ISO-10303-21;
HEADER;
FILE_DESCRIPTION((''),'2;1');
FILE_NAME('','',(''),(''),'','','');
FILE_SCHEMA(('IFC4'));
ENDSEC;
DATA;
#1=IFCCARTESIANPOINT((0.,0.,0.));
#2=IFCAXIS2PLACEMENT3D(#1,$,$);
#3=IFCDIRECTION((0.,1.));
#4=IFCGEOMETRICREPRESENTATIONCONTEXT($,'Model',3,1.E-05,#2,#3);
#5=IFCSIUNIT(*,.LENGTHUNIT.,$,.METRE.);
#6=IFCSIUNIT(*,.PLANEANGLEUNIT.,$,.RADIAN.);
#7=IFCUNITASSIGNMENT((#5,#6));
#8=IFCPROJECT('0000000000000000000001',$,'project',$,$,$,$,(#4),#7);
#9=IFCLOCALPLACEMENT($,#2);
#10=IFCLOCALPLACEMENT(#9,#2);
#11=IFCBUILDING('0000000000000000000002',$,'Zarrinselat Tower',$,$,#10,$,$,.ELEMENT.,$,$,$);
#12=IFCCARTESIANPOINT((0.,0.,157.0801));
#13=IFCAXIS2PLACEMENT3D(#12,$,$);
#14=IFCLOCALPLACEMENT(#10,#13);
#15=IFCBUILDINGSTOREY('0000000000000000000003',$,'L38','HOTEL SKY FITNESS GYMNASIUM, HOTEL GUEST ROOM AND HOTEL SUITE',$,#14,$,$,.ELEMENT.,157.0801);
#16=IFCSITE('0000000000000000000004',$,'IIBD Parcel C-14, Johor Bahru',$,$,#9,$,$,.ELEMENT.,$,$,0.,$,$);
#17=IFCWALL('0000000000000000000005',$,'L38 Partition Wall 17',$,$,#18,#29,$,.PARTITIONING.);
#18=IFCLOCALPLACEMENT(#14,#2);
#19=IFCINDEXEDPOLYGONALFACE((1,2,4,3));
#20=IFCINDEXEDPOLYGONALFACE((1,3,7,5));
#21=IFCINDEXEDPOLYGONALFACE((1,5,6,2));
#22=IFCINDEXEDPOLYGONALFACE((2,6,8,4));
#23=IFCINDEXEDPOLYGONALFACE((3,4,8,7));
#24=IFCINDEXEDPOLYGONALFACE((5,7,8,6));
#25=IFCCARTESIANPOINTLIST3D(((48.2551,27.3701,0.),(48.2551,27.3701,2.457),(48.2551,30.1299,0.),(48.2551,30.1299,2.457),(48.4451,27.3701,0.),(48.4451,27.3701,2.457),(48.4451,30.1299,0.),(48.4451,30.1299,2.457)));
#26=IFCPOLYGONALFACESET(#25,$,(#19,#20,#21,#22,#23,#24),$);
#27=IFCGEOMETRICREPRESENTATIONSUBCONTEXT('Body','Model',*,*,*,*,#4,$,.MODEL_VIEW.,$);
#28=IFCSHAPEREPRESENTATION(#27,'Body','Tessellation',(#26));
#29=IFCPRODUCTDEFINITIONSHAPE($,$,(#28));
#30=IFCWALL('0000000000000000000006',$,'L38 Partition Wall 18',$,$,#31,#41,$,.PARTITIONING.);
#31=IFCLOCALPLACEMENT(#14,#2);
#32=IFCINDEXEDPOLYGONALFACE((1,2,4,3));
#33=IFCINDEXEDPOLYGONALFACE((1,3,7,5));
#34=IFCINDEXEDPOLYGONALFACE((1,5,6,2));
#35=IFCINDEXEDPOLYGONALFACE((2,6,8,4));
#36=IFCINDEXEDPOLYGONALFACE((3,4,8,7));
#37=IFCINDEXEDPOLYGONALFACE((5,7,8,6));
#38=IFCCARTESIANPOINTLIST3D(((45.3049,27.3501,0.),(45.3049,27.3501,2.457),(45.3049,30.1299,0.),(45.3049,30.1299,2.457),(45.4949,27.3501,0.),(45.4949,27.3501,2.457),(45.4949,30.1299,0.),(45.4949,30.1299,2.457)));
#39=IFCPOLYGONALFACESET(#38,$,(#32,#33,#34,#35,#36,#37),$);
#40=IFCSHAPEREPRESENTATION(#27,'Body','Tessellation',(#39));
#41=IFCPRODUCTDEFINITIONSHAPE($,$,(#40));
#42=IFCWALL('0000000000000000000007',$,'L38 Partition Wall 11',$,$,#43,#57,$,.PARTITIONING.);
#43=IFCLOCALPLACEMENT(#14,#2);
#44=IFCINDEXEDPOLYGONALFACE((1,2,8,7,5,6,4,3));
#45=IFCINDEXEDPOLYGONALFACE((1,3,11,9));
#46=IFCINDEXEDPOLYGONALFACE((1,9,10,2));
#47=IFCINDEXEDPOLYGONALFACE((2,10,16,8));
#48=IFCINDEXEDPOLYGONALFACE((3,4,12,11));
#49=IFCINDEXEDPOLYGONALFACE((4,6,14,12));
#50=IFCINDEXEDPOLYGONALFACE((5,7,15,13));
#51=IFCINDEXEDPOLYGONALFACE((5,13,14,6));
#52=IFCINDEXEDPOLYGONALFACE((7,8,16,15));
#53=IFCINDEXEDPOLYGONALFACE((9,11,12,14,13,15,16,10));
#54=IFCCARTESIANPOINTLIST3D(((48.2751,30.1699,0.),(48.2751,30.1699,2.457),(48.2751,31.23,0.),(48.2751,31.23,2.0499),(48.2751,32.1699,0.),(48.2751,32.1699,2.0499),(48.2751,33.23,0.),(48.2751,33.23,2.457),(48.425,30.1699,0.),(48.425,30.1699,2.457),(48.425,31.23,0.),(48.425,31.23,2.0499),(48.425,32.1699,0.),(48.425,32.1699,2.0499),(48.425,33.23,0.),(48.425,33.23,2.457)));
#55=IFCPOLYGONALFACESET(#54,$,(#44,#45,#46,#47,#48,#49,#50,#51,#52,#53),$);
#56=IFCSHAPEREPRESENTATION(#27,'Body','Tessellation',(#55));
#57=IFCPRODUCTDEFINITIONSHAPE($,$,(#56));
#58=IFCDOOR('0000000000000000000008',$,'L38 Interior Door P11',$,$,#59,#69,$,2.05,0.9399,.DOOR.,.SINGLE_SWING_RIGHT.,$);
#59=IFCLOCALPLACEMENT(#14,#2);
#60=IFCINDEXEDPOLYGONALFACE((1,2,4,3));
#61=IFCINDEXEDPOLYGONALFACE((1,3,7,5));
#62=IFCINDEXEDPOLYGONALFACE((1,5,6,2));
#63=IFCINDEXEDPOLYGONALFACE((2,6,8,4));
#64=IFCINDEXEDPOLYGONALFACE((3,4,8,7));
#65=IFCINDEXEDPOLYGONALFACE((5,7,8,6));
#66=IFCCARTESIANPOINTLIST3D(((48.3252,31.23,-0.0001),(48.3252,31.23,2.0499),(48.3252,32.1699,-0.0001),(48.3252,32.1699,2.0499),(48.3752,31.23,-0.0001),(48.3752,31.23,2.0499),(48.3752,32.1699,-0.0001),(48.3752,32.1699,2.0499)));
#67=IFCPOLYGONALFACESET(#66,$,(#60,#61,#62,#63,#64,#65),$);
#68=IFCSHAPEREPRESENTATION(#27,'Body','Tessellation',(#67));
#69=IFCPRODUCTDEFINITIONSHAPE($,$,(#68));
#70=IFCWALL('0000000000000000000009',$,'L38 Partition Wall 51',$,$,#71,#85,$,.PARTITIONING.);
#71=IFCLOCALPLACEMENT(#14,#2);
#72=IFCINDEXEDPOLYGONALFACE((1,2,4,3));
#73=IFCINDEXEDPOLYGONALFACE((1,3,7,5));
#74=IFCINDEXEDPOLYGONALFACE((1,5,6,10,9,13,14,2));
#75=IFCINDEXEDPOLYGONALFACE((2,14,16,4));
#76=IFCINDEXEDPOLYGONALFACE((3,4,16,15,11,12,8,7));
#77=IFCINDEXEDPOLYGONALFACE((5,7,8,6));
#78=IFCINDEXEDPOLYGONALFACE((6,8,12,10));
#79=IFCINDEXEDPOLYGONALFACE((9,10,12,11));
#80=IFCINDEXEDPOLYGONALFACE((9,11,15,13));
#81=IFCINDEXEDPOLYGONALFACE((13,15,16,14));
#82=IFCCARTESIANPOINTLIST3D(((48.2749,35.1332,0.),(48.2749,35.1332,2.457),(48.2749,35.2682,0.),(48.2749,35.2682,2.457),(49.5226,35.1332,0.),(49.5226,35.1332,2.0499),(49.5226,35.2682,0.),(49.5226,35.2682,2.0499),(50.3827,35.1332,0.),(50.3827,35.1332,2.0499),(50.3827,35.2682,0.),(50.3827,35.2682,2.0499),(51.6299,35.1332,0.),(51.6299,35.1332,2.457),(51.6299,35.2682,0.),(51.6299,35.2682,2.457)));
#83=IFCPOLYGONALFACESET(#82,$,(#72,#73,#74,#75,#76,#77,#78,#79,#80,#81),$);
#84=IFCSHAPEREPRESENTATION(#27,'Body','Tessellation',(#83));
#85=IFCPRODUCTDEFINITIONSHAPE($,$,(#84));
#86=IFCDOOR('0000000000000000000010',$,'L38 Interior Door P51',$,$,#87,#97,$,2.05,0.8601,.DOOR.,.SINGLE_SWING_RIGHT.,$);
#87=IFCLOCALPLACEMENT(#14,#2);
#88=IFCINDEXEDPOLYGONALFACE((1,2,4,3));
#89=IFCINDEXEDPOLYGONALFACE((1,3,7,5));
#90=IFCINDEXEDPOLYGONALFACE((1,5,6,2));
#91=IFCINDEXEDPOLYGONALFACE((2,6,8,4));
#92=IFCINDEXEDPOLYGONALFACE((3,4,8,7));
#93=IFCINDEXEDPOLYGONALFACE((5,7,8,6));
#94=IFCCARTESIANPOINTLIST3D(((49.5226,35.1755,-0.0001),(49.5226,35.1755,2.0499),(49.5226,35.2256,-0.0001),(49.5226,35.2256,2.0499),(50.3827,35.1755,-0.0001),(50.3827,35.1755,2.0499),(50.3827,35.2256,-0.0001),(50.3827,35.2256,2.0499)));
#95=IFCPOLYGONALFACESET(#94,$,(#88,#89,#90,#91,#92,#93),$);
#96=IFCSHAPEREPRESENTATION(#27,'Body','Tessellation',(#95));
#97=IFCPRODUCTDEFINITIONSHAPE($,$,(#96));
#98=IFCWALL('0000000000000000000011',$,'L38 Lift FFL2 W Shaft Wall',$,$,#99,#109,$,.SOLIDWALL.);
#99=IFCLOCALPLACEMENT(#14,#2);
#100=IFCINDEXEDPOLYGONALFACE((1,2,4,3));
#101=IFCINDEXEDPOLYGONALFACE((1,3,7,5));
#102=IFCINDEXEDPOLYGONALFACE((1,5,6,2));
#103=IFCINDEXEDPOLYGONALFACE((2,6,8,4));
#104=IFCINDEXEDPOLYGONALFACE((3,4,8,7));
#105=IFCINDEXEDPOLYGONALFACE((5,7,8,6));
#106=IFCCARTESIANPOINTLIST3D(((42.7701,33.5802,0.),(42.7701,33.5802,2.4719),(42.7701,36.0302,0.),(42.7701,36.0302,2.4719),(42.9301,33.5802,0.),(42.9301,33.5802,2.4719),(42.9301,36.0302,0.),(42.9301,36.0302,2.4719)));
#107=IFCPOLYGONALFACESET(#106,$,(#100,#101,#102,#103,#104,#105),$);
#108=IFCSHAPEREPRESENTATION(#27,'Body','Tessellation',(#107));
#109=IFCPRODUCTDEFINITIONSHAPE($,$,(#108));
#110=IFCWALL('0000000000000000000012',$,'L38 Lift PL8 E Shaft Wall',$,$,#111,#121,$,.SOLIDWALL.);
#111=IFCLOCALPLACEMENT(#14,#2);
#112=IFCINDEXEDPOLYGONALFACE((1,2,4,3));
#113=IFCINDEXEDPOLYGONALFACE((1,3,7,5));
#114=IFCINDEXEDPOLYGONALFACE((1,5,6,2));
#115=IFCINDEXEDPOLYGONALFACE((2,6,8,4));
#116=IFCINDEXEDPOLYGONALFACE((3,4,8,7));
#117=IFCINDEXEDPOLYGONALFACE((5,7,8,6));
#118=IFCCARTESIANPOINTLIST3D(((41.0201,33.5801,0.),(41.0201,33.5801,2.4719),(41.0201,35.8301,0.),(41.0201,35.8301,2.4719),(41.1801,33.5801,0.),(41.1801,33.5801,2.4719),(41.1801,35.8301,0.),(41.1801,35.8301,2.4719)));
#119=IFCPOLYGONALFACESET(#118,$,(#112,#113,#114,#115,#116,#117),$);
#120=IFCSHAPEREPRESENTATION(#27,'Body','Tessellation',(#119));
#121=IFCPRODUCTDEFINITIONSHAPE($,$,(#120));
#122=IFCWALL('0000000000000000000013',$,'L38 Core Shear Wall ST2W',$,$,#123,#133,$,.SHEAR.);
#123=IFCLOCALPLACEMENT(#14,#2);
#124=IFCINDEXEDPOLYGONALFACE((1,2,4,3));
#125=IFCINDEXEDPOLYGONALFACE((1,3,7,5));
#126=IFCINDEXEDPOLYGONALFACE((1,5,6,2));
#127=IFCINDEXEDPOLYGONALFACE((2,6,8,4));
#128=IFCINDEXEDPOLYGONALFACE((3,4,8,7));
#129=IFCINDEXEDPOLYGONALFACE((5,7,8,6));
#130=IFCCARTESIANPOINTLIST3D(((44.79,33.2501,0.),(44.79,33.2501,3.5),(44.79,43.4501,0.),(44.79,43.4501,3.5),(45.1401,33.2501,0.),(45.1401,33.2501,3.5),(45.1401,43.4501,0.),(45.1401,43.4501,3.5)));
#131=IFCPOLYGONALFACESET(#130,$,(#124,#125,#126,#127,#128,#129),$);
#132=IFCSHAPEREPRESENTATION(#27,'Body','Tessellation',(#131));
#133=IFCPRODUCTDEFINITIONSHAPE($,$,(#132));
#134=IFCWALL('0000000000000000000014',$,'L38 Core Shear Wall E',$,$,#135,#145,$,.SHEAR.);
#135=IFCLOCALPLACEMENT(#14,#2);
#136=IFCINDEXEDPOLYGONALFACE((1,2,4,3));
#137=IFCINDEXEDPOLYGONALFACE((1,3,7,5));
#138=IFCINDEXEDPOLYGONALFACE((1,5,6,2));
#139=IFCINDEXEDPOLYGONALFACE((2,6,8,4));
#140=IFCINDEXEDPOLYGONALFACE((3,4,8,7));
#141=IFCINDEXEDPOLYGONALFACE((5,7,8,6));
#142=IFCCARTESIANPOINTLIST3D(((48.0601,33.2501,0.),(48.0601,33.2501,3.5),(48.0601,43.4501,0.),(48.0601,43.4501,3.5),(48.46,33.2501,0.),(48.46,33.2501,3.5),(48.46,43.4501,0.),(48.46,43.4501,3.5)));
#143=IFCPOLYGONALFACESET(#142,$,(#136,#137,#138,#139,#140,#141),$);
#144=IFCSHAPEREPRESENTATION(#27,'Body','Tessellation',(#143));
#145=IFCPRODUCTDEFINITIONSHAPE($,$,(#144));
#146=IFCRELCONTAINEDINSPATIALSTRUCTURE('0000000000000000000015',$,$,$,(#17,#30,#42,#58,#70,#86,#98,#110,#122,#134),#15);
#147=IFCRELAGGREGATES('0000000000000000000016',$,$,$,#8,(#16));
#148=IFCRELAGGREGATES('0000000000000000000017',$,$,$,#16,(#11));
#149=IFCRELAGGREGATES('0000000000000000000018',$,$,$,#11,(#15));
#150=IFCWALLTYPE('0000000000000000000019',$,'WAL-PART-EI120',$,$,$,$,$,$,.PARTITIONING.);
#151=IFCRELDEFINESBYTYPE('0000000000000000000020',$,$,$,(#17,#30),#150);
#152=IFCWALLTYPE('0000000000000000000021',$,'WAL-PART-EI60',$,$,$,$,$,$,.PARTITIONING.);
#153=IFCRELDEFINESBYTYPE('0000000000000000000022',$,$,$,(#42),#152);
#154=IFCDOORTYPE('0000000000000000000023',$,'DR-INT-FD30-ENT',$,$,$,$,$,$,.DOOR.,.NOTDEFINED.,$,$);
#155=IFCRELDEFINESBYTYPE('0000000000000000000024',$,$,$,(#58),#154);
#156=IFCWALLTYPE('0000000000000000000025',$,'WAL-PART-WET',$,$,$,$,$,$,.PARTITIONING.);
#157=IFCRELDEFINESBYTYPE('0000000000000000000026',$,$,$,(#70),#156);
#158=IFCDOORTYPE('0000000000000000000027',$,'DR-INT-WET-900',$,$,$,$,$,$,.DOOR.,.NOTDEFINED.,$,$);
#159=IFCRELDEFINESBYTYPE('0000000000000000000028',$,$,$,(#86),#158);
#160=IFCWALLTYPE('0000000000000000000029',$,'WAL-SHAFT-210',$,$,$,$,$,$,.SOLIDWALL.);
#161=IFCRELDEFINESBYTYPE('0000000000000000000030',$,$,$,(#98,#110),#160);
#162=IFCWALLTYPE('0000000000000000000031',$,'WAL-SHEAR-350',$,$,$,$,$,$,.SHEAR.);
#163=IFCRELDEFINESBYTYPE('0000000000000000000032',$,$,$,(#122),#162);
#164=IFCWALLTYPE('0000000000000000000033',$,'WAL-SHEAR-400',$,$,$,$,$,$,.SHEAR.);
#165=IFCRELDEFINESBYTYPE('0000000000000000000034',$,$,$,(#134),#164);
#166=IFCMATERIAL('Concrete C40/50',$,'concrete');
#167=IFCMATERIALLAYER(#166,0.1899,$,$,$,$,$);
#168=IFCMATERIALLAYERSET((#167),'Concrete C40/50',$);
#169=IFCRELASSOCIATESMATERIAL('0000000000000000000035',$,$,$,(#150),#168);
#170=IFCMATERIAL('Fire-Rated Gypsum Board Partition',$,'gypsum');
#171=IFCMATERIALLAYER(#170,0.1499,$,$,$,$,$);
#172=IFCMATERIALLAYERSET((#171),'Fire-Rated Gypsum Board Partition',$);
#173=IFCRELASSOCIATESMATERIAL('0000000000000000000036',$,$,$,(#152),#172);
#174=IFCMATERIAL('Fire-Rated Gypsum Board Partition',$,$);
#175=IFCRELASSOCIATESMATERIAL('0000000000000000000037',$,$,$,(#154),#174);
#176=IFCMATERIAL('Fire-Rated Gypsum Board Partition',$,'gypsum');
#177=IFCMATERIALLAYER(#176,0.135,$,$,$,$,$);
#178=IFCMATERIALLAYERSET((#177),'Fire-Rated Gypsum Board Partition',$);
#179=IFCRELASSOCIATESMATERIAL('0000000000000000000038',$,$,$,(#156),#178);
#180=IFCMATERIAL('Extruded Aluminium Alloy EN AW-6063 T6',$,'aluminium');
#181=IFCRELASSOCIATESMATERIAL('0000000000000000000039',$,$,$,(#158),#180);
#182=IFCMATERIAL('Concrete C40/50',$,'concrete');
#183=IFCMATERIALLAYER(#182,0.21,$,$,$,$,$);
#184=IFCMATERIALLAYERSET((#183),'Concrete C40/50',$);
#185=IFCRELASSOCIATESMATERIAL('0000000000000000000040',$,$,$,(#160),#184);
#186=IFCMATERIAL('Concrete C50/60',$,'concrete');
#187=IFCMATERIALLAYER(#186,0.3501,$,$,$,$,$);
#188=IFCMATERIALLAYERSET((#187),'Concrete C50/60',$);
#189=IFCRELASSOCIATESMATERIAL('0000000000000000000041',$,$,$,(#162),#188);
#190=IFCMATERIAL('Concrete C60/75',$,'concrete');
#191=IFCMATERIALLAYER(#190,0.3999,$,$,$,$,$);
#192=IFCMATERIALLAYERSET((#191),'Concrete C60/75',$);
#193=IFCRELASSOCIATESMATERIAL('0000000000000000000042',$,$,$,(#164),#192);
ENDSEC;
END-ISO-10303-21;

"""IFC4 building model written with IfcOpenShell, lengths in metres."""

from ifc_helpers import new_model, si_unit, direction, frame, frame_2d, origin, place, context, subcontext, project, spatial, rectangle, extrude, material, layer, layer_set, type_object, element, fill, save


model = new_model("IFC4")

# Units and contexts
model_context = context("Model", 3, precision=1e-05, world=origin(), true_north=direction((0.0, 1.0)))
body_context = subcontext(model_context, "Body", "Model", "MODEL_VIEW")
ifc_project = project(units=[si_unit("LENGTHUNIT", "METRE"), si_unit("PLANEANGLEUNIT", "RADIAN")], contexts=[model_context])

# Site, building, storey
site_placement = place(None, origin())
site = spatial("IfcSite", under=ifc_project, at=site_placement, Name="IIBD Parcel C-14, Johor Bahru", CompositionType="ELEMENT", RefElevation=0.0)
building_placement = place(site_placement, origin())
building = spatial("IfcBuilding", under=site, at=building_placement, Name="Zarrinselat Tower", CompositionType="ELEMENT")
storey_placement = place(building_placement, frame((0.0, 0.0, 157.0801)))
storey = spatial("IfcBuildingStorey", under=building, at=storey_placement, Name="L38", Description="HOTEL SKY FITNESS GYMNASIUM, HOTEL GUEST ROOM AND HOTEL SUITE", CompositionType="ELEMENT", Elevation=157.0801)

# Shared definitions
ifc_material_1 = material(Name="Concrete C40/50", Category="concrete")
ifc_layer_1 = layer(ifc_material_1, 0.1899)
ifc_layer_set_1 = layer_set([ifc_layer_1], Name="Concrete C40/50")
wall_type_1 = type_object("IfcWallType", Name="WAL-PART-EI120", PredefinedType="PARTITIONING", material=ifc_layer_set_1)

# Walls
wall_1_placement = place(storey_placement, frame((48.3501, 27.3701, 0.0), z_axis=(0.0, 0.0, 1.0), x_axis=(0.0, 1.0, 0.0)))
element("IfcWall", 1, at=wall_1_placement, inside=storey, type_object=wall_type_1, Name="L38 Partition Wall 17", PredefinedType="PARTITIONING", context=body_context, shape_type="SweptSolid", body=[
    extrude(rectangle(XDim=2.7598, YDim=0.1899, at=frame_2d((1.3799, 0.0))), origin(), (0.0, 0.0, 1.0), 2.457),
])
wall_2_placement = place(storey_placement, frame((45.3999, 27.3501, 0.0), z_axis=(0.0, 0.0, 1.0), x_axis=(0.0, 1.0, 0.0)))
element("IfcWall", 2, at=wall_2_placement, inside=storey, type_object=wall_type_1, Name="L38 Partition Wall 18", PredefinedType="PARTITIONING", context=body_context, shape_type="SweptSolid", body=[
    extrude(rectangle(XDim=2.7798, YDim=0.1899, at=frame_2d((1.3899, 0.0))), origin(), (0.0, 0.0, 1.0), 2.457),
])

# Walls, openings, doors
ifc_material_2 = material(Name="Fire-Rated Gypsum Board Partition", Category="gypsum")
ifc_layer_2 = layer(ifc_material_2, 0.1499)
ifc_layer_set_2 = layer_set([ifc_layer_2], Name="Fire-Rated Gypsum Board Partition")
wall_type_2 = type_object("IfcWallType", Name="WAL-PART-EI60", PredefinedType="PARTITIONING", material=ifc_layer_set_2)
wall_3_placement = place(storey_placement, frame((48.3501, 30.1699, 0.0), z_axis=(0.0, 0.0, 1.0), x_axis=(0.0, 1.0, 0.0)))
wall_3 = element("IfcWall", 3, at=wall_3_placement, inside=storey, type_object=wall_type_2, Name="L38 Partition Wall 11", PredefinedType="PARTITIONING", context=body_context, shape_type="SweptSolid", body=[
    extrude(rectangle(XDim=3.0601, YDim=0.1499, at=frame_2d((1.53, 0.0))), origin(), (0.0, 0.0, 1.0), 2.457),
])
opening_1_placement = place(wall_3_placement, frame((1.0601, 0.0, 0.0)))
opening_1 = element("IfcOpeningElement", 4, at=opening_1_placement, cuts=wall_3, PredefinedType="OPENING", context=body_context, shape_type="SweptSolid", body=[
    extrude(rectangle(XDim=0.9399, YDim=2.05, at=frame_2d((0.47, 1.0249))), frame((0.0, 0.085, 0.0), z_axis=(0.0, -1.0, 0.0), x_axis=(1.0, 0.0, 0.0)), (0.0, 0.0, 1.0), 0.1699),
])
ifc_material_3 = material(Name="Fire-Rated Gypsum Board Partition")
door_type_1 = type_object("IfcDoorType", Name="DR-INT-FD30-ENT", OperationType="NOTDEFINED", PredefinedType="DOOR", material=ifc_material_3)
door_1_placement = place(opening_1_placement, origin())
door_1 = element("IfcDoor", 5, at=door_1_placement, inside=storey, type_object=door_type_1, Name="L38 Interior Door P11", OperationType="SINGLE_SWING_RIGHT", OverallHeight=2.05, OverallWidth=0.9399, PredefinedType="DOOR", context=body_context, shape_type="SweptSolid", body=[
    extrude(rectangle(XDim=0.9399, YDim=2.05, at=frame_2d((0.47, 1.0249))), frame((0.0, 0.0249, 0.0), z_axis=(0.0, -1.0, 0.0), x_axis=(1.0, 0.0, 0.0)), (0.0, 0.0, 1.0), 0.05),
])
fill(opening_1, door_1)
ifc_material_4 = material(Name="Fire-Rated Gypsum Board Partition", Category="gypsum")
ifc_layer_3 = layer(ifc_material_4, 0.135)
ifc_layer_set_3 = layer_set([ifc_layer_3], Name="Fire-Rated Gypsum Board Partition")
wall_type_3 = type_object("IfcWallType", Name="WAL-PART-WET", PredefinedType="PARTITIONING", material=ifc_layer_set_3)
wall_4_placement = place(storey_placement, frame((48.2749, 35.2007, 0.0), z_axis=(0.0, 0.0, 1.0), x_axis=(1.0, 0.0, 0.0)))
wall_4 = element("IfcWall", 6, at=wall_4_placement, inside=storey, type_object=wall_type_3, Name="L38 Partition Wall 51", PredefinedType="PARTITIONING", context=body_context, shape_type="SweptSolid", body=[
    extrude(rectangle(XDim=3.355, YDim=0.135, at=frame_2d((1.6775, 0.0))), origin(), (0.0, 0.0, 1.0), 2.457),
])
opening_2_placement = place(wall_4_placement, frame((1.2476, 0.0, 0.0)))
opening_2 = element("IfcOpeningElement", 7, at=opening_2_placement, cuts=wall_4, PredefinedType="OPENING", context=body_context, shape_type="SweptSolid", body=[
    extrude(rectangle(XDim=0.8601, YDim=2.05, at=frame_2d((0.4302, 1.0249))), frame((0.0, 0.0774, 0.0), z_axis=(0.0, -1.0, 0.0), x_axis=(1.0, 0.0, 0.0)), (0.0, 0.0, 1.0), 0.155),
])
ifc_material_5 = material(Name="Extruded Aluminium Alloy EN AW-6063 T6", Category="aluminium")
door_type_2 = type_object("IfcDoorType", Name="DR-INT-WET-900", OperationType="NOTDEFINED", PredefinedType="DOOR", material=ifc_material_5)
door_2_placement = place(opening_2_placement, origin())
door_2 = element("IfcDoor", 8, at=door_2_placement, inside=storey, type_object=door_type_2, Name="L38 Interior Door P51", OperationType="SINGLE_SWING_RIGHT", OverallHeight=2.05, OverallWidth=0.8601, PredefinedType="DOOR", context=body_context, shape_type="SweptSolid", body=[
    extrude(rectangle(XDim=0.8601, YDim=2.05, at=frame_2d((0.4302, 1.0249))), frame((0.0, 0.0249, 0.0), z_axis=(0.0, -1.0, 0.0), x_axis=(1.0, 0.0, 0.0)), (0.0, 0.0, 1.0), 0.05),
])
fill(opening_2, door_2)

# Walls
ifc_material_6 = material(Name="Concrete C40/50", Category="concrete")
ifc_layer_4 = layer(ifc_material_6, 0.21)
ifc_layer_set_4 = layer_set([ifc_layer_4], Name="Concrete C40/50")
wall_type_4 = type_object("IfcWallType", Name="WAL-SHAFT-210", PredefinedType="SOLIDWALL", material=ifc_layer_set_4)
wall_5_placement = place(storey_placement, frame((42.8501, 33.5801, 0.0), z_axis=(0.0, 0.0, 1.0), x_axis=(0.0, 1.0, 0.0)))
element("IfcWall", 9, at=wall_5_placement, inside=storey, type_object=wall_type_4, Name="L38 Lift FFL2 W Shaft Wall", PredefinedType="SOLIDWALL", context=body_context, shape_type="SweptSolid", body=[
    extrude(rectangle(XDim=2.45, YDim=0.1599, at=frame_2d((1.2251, 0.0))), origin(), (0.0, 0.0, 1.0), 2.4719),
])
wall_6_placement = place(storey_placement, frame((41.1001, 33.5801, 0.0), z_axis=(0.0, 0.0, 1.0), x_axis=(0.0, 1.0, 0.0)))
element("IfcWall", 10, at=wall_6_placement, inside=storey, type_object=wall_type_4, Name="L38 Lift PL8 E Shaft Wall", PredefinedType="SOLIDWALL", context=body_context, shape_type="SweptSolid", body=[
    extrude(rectangle(XDim=2.25, YDim=0.1599, at=frame_2d((1.125, 0.0))), origin(), (0.0, 0.0, 1.0), 2.4719),
])
ifc_material_7 = material(Name="Concrete C50/60", Category="concrete")
ifc_layer_5 = layer(ifc_material_7, 0.3501)
ifc_layer_set_5 = layer_set([ifc_layer_5], Name="Concrete C50/60")
wall_type_5 = type_object("IfcWallType", Name="WAL-SHEAR-350", PredefinedType="SHEAR", material=ifc_layer_set_5)
wall_7_placement = place(storey_placement, frame((44.9651, 33.25, 0.0), z_axis=(0.0, 0.0, 1.0), x_axis=(0.0, 1.0, 0.0)))
element("IfcWall", 11, at=wall_7_placement, inside=storey, type_object=wall_type_5, Name="L38 Core Shear Wall ST2W", PredefinedType="SHEAR", context=body_context, shape_type="SweptSolid", body=[
    extrude(rectangle(XDim=10.2, YDim=0.3501, at=frame_2d((5.1001, 0.0))), origin(), (0.0, 0.0, 1.0), 3.5),
])
ifc_material_8 = material(Name="Concrete C60/75", Category="concrete")
ifc_layer_6 = layer(ifc_material_8, 0.3999)
ifc_layer_set_6 = layer_set([ifc_layer_6], Name="Concrete C60/75")
wall_type_6 = type_object("IfcWallType", Name="WAL-SHEAR-400", PredefinedType="SHEAR", material=ifc_layer_set_6)
wall_8_placement = place(storey_placement, frame((48.26, 33.25, 0.0), z_axis=(0.0, 0.0, 1.0), x_axis=(0.0, 1.0, 0.0)))
element("IfcWall", 12, at=wall_8_placement, inside=storey, type_object=wall_type_6, Name="L38 Core Shear Wall E", PredefinedType="SHEAR", context=body_context, shape_type="SweptSolid", body=[
    extrude(rectangle(XDim=10.2, YDim=0.3999, at=frame_2d((5.1001, 0.0))), origin(), (0.0, 0.0, 1.0), 3.5),
])

save(model, "model.ifc")
